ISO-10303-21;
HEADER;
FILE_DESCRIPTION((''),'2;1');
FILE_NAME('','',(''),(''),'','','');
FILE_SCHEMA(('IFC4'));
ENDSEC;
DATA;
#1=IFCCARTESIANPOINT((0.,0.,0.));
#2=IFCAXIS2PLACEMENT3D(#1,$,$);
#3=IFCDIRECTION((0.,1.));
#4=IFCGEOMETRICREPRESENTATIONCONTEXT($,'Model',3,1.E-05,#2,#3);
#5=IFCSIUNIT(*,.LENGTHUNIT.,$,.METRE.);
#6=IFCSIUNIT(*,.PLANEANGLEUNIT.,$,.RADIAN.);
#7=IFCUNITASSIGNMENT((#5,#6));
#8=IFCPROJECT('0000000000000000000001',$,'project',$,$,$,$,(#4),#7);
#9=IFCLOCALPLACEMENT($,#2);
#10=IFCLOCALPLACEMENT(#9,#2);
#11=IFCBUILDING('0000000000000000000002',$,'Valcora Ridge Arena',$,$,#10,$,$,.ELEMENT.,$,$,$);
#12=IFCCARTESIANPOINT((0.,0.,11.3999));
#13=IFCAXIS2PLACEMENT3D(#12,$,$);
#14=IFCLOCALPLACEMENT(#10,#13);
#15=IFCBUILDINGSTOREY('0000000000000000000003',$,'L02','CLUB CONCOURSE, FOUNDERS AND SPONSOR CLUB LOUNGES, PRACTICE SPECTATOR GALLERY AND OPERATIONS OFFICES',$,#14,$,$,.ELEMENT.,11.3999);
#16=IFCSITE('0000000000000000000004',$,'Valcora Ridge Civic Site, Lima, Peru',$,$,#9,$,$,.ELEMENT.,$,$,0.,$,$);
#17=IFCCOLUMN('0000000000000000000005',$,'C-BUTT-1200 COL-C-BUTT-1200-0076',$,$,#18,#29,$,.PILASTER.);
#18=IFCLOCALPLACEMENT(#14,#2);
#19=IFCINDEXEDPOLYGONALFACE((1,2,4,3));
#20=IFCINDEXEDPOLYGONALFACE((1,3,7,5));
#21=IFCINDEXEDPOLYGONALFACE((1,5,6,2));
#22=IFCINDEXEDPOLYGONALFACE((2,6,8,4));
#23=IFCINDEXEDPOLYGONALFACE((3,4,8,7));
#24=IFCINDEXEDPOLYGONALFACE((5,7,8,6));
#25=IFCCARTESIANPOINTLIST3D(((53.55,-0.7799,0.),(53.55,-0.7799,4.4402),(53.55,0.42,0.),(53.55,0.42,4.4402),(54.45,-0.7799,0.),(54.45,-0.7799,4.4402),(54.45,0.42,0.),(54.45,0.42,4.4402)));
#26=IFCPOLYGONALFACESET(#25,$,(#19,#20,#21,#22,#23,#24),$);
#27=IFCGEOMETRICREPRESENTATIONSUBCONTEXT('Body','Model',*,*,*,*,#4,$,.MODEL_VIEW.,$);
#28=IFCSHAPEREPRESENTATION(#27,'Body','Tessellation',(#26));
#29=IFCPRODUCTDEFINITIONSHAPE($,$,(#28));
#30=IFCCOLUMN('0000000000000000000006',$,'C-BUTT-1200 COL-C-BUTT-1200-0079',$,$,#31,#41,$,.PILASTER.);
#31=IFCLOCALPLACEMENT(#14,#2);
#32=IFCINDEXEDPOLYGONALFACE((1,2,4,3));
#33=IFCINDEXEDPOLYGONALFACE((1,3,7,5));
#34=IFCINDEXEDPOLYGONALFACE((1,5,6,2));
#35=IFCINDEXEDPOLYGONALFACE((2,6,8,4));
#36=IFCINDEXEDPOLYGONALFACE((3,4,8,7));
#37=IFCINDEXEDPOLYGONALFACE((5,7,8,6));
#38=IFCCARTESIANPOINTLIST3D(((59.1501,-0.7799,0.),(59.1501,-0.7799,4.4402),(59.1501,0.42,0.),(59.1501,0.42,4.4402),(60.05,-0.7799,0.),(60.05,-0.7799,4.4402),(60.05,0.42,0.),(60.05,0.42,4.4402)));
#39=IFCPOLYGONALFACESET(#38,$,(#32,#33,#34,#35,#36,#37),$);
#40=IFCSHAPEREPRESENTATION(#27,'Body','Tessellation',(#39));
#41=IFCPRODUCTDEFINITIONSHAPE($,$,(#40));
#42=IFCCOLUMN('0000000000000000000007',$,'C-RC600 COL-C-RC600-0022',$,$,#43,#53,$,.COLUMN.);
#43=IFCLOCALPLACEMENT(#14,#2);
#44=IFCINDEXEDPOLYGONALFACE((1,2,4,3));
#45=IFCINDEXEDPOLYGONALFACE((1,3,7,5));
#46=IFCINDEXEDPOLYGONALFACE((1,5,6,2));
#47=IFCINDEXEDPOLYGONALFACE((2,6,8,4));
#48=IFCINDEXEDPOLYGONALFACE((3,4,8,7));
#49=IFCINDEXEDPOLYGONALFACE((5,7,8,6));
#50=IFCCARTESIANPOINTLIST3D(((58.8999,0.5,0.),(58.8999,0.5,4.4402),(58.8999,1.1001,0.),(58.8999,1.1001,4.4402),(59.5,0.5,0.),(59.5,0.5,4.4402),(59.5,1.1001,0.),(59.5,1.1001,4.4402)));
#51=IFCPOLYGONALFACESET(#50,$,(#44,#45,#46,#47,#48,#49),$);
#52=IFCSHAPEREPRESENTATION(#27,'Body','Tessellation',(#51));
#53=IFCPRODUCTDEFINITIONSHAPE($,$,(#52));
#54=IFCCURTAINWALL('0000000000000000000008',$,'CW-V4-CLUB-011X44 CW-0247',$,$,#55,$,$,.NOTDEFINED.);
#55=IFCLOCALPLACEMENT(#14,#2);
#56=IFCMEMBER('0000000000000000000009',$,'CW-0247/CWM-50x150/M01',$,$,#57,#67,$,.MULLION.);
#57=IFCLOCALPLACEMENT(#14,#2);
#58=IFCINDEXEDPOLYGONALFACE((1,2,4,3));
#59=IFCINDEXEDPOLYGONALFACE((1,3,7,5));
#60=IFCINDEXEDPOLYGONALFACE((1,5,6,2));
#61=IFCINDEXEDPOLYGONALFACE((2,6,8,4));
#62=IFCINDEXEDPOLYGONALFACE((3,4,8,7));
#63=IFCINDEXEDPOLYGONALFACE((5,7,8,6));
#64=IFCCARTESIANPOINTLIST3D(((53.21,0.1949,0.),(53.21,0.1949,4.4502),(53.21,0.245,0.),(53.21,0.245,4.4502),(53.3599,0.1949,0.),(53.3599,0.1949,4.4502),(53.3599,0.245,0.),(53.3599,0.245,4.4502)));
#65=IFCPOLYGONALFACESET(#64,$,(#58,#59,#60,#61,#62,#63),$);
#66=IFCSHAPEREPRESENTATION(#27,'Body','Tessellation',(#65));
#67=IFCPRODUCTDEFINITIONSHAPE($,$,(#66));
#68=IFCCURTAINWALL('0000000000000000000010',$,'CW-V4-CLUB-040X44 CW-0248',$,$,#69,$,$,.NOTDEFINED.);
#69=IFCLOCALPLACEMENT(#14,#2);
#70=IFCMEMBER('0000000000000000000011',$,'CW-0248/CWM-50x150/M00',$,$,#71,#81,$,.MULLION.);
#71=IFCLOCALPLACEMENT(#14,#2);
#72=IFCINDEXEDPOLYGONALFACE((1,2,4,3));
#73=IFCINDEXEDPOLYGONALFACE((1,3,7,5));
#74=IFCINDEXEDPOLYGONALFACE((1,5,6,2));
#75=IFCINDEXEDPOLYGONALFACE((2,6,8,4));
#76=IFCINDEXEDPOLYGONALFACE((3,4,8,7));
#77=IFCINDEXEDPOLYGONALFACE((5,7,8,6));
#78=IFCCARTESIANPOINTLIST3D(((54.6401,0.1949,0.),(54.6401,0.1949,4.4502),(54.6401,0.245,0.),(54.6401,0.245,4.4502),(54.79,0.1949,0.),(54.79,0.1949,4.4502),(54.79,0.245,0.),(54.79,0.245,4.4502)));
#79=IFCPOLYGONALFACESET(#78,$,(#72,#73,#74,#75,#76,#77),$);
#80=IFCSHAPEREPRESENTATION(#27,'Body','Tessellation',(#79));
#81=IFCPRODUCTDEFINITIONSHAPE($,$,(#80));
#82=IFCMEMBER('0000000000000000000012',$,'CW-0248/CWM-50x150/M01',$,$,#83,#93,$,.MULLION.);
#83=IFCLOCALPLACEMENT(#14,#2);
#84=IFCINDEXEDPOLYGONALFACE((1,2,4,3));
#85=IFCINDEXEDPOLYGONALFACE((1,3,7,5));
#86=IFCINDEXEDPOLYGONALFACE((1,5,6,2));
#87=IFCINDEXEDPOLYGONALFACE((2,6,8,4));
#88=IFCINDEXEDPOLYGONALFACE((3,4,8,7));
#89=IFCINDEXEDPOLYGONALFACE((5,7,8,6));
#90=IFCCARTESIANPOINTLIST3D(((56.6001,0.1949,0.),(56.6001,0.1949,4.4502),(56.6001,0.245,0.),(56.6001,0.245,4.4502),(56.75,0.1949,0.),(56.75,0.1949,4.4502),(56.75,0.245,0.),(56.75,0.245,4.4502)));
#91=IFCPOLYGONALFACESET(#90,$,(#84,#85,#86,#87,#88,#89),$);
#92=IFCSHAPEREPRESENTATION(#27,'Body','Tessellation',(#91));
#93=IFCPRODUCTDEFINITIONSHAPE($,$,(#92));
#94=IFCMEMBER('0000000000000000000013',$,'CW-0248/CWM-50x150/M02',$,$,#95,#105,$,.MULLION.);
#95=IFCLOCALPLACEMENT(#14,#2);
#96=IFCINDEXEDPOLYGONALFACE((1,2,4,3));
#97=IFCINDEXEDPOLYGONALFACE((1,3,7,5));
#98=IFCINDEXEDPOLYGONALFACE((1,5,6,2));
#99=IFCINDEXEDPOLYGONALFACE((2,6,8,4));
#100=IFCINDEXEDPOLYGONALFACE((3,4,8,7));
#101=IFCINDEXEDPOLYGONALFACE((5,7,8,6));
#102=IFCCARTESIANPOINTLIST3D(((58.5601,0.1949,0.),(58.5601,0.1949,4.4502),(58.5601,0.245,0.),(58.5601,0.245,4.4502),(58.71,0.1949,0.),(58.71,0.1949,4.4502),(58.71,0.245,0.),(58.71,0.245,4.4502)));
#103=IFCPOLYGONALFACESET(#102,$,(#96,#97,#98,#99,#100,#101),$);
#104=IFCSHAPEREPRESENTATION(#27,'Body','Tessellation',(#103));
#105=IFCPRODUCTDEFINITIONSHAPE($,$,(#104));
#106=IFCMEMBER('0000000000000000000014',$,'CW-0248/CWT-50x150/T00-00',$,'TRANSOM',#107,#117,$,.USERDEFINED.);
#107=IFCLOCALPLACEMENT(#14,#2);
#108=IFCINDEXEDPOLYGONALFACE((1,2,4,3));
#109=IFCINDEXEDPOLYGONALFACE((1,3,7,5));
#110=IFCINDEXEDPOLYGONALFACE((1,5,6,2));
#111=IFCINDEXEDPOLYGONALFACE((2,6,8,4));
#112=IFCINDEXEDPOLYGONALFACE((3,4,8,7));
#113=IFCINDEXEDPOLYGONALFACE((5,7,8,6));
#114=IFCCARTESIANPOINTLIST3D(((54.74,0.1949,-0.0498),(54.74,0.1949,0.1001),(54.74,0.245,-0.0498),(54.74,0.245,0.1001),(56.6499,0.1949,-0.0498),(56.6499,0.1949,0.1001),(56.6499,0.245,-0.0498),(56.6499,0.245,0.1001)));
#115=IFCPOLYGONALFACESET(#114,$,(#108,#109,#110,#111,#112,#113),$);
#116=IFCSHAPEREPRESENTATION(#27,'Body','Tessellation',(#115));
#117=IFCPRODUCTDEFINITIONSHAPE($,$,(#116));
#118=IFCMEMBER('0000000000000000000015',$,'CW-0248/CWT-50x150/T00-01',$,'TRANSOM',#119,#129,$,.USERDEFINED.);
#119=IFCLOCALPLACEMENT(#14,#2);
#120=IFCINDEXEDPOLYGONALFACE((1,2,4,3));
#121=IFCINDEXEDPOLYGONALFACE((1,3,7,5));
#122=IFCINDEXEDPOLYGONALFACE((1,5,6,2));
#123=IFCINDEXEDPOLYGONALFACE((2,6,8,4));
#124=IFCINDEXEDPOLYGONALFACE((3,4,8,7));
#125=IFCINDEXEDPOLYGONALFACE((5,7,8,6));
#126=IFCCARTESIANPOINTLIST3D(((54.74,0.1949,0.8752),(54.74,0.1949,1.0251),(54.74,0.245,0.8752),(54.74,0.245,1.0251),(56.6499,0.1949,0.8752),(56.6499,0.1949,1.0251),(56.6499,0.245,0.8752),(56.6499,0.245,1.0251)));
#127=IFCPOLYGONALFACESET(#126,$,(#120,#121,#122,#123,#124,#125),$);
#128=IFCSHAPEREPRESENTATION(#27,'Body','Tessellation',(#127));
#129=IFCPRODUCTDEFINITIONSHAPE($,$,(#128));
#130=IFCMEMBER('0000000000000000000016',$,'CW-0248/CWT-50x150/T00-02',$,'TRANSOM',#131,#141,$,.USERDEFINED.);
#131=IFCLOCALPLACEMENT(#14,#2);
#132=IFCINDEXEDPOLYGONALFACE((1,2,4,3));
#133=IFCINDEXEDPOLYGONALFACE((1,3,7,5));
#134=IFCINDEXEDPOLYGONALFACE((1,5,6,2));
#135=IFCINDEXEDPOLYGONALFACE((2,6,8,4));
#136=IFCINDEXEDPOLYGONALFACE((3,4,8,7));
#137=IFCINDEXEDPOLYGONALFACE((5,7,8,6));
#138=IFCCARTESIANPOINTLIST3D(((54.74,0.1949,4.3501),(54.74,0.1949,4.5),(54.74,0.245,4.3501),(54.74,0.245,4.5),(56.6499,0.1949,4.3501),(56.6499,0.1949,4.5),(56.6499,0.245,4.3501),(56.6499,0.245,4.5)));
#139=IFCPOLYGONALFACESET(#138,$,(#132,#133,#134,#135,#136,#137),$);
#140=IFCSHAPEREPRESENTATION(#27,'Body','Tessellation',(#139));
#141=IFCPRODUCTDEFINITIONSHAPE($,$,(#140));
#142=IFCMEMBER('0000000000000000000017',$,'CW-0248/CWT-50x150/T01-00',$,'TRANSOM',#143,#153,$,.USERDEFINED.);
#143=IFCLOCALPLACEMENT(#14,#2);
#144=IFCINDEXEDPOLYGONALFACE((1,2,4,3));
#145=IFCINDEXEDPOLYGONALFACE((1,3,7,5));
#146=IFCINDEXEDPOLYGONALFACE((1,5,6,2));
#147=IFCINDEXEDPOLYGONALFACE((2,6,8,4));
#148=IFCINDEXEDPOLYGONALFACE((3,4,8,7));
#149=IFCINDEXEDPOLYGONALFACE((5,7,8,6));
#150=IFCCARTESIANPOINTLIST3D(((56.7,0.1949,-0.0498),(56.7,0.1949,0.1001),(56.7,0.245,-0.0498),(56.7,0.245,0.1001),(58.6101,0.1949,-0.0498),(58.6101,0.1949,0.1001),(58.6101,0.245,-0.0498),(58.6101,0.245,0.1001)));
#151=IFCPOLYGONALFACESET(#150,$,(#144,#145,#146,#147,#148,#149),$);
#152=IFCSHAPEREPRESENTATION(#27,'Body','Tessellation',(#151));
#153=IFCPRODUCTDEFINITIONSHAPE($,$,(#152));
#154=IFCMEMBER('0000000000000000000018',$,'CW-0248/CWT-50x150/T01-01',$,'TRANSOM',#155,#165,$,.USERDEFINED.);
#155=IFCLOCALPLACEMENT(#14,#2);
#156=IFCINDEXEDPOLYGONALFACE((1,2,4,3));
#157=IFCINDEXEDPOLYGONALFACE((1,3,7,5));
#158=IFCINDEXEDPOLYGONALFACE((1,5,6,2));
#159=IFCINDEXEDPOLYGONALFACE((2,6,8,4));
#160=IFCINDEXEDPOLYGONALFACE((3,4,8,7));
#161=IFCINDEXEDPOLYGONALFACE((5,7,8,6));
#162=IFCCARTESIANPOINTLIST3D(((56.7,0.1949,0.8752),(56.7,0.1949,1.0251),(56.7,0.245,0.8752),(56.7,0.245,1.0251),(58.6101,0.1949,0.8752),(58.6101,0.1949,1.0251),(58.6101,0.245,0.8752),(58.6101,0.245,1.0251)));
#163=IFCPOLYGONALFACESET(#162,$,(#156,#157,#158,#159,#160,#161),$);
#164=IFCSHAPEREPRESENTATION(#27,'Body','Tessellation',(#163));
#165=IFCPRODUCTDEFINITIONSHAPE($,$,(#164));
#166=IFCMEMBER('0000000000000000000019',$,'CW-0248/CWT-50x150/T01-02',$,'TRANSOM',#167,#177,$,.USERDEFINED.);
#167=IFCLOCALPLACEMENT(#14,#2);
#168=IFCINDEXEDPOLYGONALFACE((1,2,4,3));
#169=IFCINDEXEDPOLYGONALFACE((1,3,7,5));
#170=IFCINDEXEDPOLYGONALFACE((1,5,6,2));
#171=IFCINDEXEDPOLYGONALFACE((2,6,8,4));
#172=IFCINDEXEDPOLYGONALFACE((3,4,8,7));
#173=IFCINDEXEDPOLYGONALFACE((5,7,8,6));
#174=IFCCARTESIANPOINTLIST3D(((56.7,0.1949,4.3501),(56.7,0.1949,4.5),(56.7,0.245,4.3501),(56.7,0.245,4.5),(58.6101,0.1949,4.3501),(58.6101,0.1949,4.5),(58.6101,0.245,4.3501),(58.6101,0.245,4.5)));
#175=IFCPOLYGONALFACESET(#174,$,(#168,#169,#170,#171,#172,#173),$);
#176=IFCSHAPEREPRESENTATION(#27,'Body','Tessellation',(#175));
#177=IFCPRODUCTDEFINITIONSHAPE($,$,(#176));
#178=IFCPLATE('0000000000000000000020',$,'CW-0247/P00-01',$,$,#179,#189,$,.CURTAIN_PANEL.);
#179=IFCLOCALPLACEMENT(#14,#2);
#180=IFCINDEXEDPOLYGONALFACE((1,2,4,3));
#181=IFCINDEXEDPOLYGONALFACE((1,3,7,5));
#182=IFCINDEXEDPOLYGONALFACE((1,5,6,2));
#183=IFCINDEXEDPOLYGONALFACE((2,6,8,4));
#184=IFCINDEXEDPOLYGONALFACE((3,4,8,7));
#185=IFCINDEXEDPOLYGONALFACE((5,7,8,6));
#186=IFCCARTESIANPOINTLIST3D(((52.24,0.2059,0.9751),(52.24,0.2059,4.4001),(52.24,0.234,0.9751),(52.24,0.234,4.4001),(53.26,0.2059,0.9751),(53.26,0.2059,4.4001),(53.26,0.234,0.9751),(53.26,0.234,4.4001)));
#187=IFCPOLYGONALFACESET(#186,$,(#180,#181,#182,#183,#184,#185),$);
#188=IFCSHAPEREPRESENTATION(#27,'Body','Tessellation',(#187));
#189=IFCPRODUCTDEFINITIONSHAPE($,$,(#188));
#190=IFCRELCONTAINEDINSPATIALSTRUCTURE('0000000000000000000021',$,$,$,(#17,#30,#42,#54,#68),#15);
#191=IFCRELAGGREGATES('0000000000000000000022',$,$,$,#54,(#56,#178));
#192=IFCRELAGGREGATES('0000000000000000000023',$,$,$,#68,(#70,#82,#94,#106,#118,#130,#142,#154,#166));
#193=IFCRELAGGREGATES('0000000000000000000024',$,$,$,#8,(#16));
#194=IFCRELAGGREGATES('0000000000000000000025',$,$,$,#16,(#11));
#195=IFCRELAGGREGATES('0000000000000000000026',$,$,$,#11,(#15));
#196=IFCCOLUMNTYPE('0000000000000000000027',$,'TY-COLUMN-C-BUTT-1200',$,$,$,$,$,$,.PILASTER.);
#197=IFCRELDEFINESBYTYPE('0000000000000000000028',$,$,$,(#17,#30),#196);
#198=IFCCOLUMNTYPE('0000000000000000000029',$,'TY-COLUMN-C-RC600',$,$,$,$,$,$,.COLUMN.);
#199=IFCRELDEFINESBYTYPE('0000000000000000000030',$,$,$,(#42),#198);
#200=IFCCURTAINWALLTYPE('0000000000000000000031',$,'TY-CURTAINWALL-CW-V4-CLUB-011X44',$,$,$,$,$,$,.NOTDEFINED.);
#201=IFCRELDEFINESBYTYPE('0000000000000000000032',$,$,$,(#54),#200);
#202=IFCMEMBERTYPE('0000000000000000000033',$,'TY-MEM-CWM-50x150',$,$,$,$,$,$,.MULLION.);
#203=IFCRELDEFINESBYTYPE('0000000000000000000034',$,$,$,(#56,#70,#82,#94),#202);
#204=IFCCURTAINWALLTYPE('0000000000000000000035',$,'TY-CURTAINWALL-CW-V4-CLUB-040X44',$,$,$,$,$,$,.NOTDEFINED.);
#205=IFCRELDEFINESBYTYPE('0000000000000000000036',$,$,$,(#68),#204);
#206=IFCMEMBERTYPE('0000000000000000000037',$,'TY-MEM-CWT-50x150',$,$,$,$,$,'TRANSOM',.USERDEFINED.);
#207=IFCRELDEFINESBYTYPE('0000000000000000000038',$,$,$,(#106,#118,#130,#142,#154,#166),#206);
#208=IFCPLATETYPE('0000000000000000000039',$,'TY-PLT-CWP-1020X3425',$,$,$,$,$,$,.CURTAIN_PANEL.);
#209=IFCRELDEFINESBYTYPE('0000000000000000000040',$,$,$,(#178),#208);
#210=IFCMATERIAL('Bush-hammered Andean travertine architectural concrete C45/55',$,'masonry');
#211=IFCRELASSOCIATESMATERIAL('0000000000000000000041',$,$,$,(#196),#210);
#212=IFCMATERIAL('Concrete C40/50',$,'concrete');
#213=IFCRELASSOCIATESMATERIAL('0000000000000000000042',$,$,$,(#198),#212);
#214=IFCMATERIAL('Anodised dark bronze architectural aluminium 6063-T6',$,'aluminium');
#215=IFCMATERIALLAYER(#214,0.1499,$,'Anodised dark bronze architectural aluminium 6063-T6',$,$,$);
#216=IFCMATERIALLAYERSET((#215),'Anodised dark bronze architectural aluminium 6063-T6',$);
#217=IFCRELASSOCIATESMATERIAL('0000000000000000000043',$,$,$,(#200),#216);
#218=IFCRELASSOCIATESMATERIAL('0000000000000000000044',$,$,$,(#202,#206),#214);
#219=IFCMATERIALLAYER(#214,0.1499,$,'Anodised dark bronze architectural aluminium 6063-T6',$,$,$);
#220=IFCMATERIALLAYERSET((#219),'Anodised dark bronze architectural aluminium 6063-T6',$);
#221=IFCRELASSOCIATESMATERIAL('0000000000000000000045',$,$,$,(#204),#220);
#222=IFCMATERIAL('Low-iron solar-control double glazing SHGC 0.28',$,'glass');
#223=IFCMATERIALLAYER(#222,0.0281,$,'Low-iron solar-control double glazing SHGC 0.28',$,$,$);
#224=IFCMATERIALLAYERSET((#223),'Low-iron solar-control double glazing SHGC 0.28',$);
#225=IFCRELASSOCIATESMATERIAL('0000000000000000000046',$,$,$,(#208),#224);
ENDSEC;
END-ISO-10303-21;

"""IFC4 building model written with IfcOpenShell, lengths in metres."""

from ifc_helpers import new_model, si_unit, direction, frame, origin, origin_2d, place, context, subcontext, project, spatial, rectangle, extrude, material, layer, layer_set, material_profile, profile_set, type_object, element, aggregate, save


model = new_model("IFC4")

# Units and contexts
model_context = context("Model", 3, precision=1e-05, world=origin(), true_north=direction((0.0, 1.0)))
body_context = subcontext(model_context, "Body", "Model", "MODEL_VIEW")
ifc_project = project(units=[si_unit("LENGTHUNIT", "METRE"), si_unit("PLANEANGLEUNIT", "RADIAN")], contexts=[model_context])

# Site, building, storey
site_placement = place(None, origin())
site = spatial("IfcSite", under=ifc_project, at=site_placement, Name="Valcora Ridge Civic Site, Lima, Peru", CompositionType="ELEMENT", RefElevation=0.0)
building_placement = place(site_placement, origin())
building = spatial("IfcBuilding", under=site, at=building_placement, Name="Valcora Ridge Arena", CompositionType="ELEMENT")
storey_placement = place(building_placement, frame((0.0, 0.0, 11.3999)))
storey = spatial("IfcBuildingStorey", under=building, at=storey_placement, Name="L02", Description="CLUB CONCOURSE, FOUNDERS AND SPONSOR CLUB LOUNGES, PRACTICE SPECTATOR GALLERY AND OPERATIONS OFFICES", CompositionType="ELEMENT", Elevation=11.3999)

# Columns
ifc_material_1 = material(Name="Bush-hammered Andean travertine architectural concrete C45/55", Category="masonry")
ifc_material_profile_1 = material_profile(ifc_material_1, rectangle(XDim=0.8999, YDim=1.2, at=origin_2d()), Name="RC 900x1200")
ifc_profile_set_1 = profile_set([ifc_material_profile_1], Name="Bush-hammered Andean travertine architectural concrete C45/55")
column_type_1 = type_object("IfcColumnType", Name="TY-COLUMN-C-BUTT-1200", PredefinedType="PILASTER", material=ifc_profile_set_1)
for number, where, z_axis, x_axis, name in (
    (1, (54.0, -0.1799, 0.0), (0.0, 0.0, 1.0), (1.0, 0.0, 0.0), "C-BUTT-1200 COL-C-BUTT-1200-0076"),
    (2, (59.6001, -0.1799, 0.0), (0.0, 0.0, 1.0), (1.0, 0.0, 0.0), "C-BUTT-1200 COL-C-BUTT-1200-0079"),
):
    element("IfcColumn", number, at=place(storey_placement, frame(where, z_axis=z_axis, x_axis=x_axis)), inside=storey, type_object=column_type_1, Name=name, PredefinedType="PILASTER", context=body_context, shape_type="SweptSolid", body=[
        extrude(rectangle(XDim=0.8999, YDim=1.2, at=origin_2d()), origin(), (0.0, 0.0, 1.0), 4.4402),
    ])
ifc_material_2 = material(Name="Concrete C40/50", Category="concrete")
ifc_material_profile_2 = material_profile(ifc_material_2, rectangle(XDim=0.6001, YDim=0.6001, at=origin_2d()), Name="RC 600x600")
ifc_profile_set_2 = profile_set([ifc_material_profile_2], Name="Concrete C40/50")
column_type_2 = type_object("IfcColumnType", Name="TY-COLUMN-C-RC600", PredefinedType="COLUMN", material=ifc_profile_set_2)
column_placement = place(storey_placement, frame((59.2, 0.8, 0.0), z_axis=(0.0, 0.0, 1.0), x_axis=(1.0, 0.0, 0.0)))
element("IfcColumn", 3, at=column_placement, inside=storey, type_object=column_type_2, Name="C-RC600 COL-C-RC600-0022", PredefinedType="COLUMN", context=body_context, shape_type="SweptSolid", body=[
    extrude(rectangle(XDim=0.6001, YDim=0.6001, at=origin_2d()), origin(), (0.0, 0.0, 1.0), 4.4402),
])

# Curtain wall, member
ifc_material_3 = material(Name="Anodised dark bronze architectural aluminium 6063-T6", Category="aluminium")
ifc_layer_1 = layer(ifc_material_3, 0.1499, Name="Anodised dark bronze architectural aluminium 6063-T6")
ifc_layer_set_1 = layer_set([ifc_layer_1], Name="Anodised dark bronze architectural aluminium 6063-T6")
curtain_wall_type_1 = type_object("IfcCurtainWallType", Name="TY-CURTAINWALL-CW-V4-CLUB-011X44", PredefinedType="NOTDEFINED", material=ifc_layer_set_1)
curtain_wall_1_placement = place(storey_placement, origin())
curtain_wall_1 = element("IfcCurtainWall", 4, at=curtain_wall_1_placement, inside=storey, type_object=curtain_wall_type_1, Name="CW-V4-CLUB-011X44 CW-0247", PredefinedType="NOTDEFINED")
ifc_material_profile_3 = material_profile(ifc_material_3, rectangle(XDim=0.05, YDim=0.1499, at=origin_2d()), Name="ALU MULLION 50x150")
ifc_profile_set_3 = profile_set([ifc_material_profile_3], Name="Anodised dark bronze architectural aluminium 6063-T6")
member_type_1 = type_object("IfcMemberType", Name="TY-MEM-CWM-50x150", PredefinedType="MULLION", material=ifc_profile_set_3)
member_1_placement = place(storey_placement, frame((53.2849, 0.22, 0.0), z_axis=(0.0, 0.0, 1.0), x_axis=(0.0, 1.0, 0.0)))
member_1 = element("IfcMember", 5, at=member_1_placement, type_object=member_type_1, Name="CW-0247/CWM-50x150/M01", PredefinedType="MULLION", context=body_context, shape_type="SweptSolid", body=[
    extrude(rectangle(XDim=0.05, YDim=0.1499, at=origin_2d()), origin(), (0.0, 0.0, 1.0), 4.4502),
])

# Curtain wall, members
ifc_layer_2 = layer(ifc_material_3, 0.1499, Name="Anodised dark bronze architectural aluminium 6063-T6")
ifc_layer_set_2 = layer_set([ifc_layer_2], Name="Anodised dark bronze architectural aluminium 6063-T6")
curtain_wall_type_2 = type_object("IfcCurtainWallType", Name="TY-CURTAINWALL-CW-V4-CLUB-040X44", PredefinedType="NOTDEFINED", material=ifc_layer_set_2)
curtain_wall_2_placement = place(storey_placement, origin())
curtain_wall_2 = element("IfcCurtainWall", 6, at=curtain_wall_2_placement, inside=storey, type_object=curtain_wall_type_2, Name="CW-V4-CLUB-040X44 CW-0248", PredefinedType="NOTDEFINED")
member_2_placement = place(storey_placement, frame((54.7151, 0.22, 0.0), z_axis=(0.0, 0.0, 1.0), x_axis=(0.0, 1.0, 0.0)))
member_2 = element("IfcMember", 7, at=member_2_placement, type_object=member_type_1, Name="CW-0248/CWM-50x150/M00", PredefinedType="MULLION", context=body_context, shape_type="SweptSolid", body=[
    extrude(rectangle(XDim=0.05, YDim=0.1499, at=origin_2d()), origin(), (0.0, 0.0, 1.0), 4.4502),
])
member_3_placement = place(storey_placement, frame((56.675, 0.22, 0.0), z_axis=(0.0, 0.0, 1.0), x_axis=(0.0, 1.0, 0.0)))
member_3 = element("IfcMember", 8, at=member_3_placement, type_object=member_type_1, Name="CW-0248/CWM-50x150/M01", PredefinedType="MULLION", context=body_context, shape_type="SweptSolid", body=[
    extrude(rectangle(XDim=0.05, YDim=0.1499, at=origin_2d()), origin(), (0.0, 0.0, 1.0), 4.4502),
])
member_4_placement = place(storey_placement, frame((58.635, 0.22, 0.0), z_axis=(0.0, 0.0, 1.0), x_axis=(0.0, 1.0, 0.0)))
member_4 = element("IfcMember", 9, at=member_4_placement, type_object=member_type_1, Name="CW-0248/CWM-50x150/M02", PredefinedType="MULLION", context=body_context, shape_type="SweptSolid", body=[
    extrude(rectangle(XDim=0.05, YDim=0.1499, at=origin_2d()), origin(), (0.0, 0.0, 1.0), 4.4502),
])
ifc_material_profile_4 = material_profile(ifc_material_3, rectangle(XDim=0.05, YDim=0.1499, at=origin_2d()), Name="ALU TRANSOM 50x150")
ifc_profile_set_4 = profile_set([ifc_material_profile_4], Name="Anodised dark bronze architectural aluminium 6063-T6")
member_type_2 = type_object("IfcMemberType", Name="TY-MEM-CWT-50x150", ElementType="TRANSOM", PredefinedType="USERDEFINED", material=ifc_profile_set_4)
member_5_placement = place(storey_placement, frame((54.74, 0.22, 0.0251), z_axis=(1.0, 0.0, 0.0), x_axis=(0.0, 1.0, 0.0)))
member_5 = element("IfcMember", 10, at=member_5_placement, type_object=member_type_2, Name="CW-0248/CWT-50x150/T00-00", ObjectType="TRANSOM", PredefinedType="USERDEFINED", context=body_context, shape_type="SweptSolid", body=[
    extrude(rectangle(XDim=0.05, YDim=0.1499, at=origin_2d()), origin(), (0.0, 0.0, 1.0), 1.9099),
])
member_6_placement = place(storey_placement, frame((54.74, 0.22, 0.9502), z_axis=(1.0, 0.0, 0.0), x_axis=(0.0, 1.0, 0.0)))
member_6 = element("IfcMember", 11, at=member_6_placement, type_object=member_type_2, Name="CW-0248/CWT-50x150/T00-01", ObjectType="TRANSOM", PredefinedType="USERDEFINED", context=body_context, shape_type="SweptSolid", body=[
    extrude(rectangle(XDim=0.05, YDim=0.1499, at=origin_2d()), origin(), (0.0, 0.0, 1.0), 1.9099),
])
member_7_placement = place(storey_placement, frame((54.74, 0.22, 4.425), z_axis=(1.0, 0.0, 0.0), x_axis=(0.0, 1.0, 0.0)))
member_7 = element("IfcMember", 12, at=member_7_placement, type_object=member_type_2, Name="CW-0248/CWT-50x150/T00-02", ObjectType="TRANSOM", PredefinedType="USERDEFINED", context=body_context, shape_type="SweptSolid", body=[
    extrude(rectangle(XDim=0.05, YDim=0.1499, at=origin_2d()), origin(), (0.0, 0.0, 1.0), 1.9099),
])
member_8_placement = place(storey_placement, frame((56.7, 0.22, 0.0251), z_axis=(1.0, 0.0, 0.0), x_axis=(0.0, 1.0, 0.0)))
member_8 = element("IfcMember", 13, at=member_8_placement, type_object=member_type_2, Name="CW-0248/CWT-50x150/T01-00", ObjectType="TRANSOM", PredefinedType="USERDEFINED", context=body_context, shape_type="SweptSolid", body=[
    extrude(rectangle(XDim=0.05, YDim=0.1499, at=origin_2d()), origin(), (0.0, 0.0, 1.0), 1.9102),
])
member_9_placement = place(storey_placement, frame((56.7, 0.22, 0.9502), z_axis=(1.0, 0.0, 0.0), x_axis=(0.0, 1.0, 0.0)))
member_9 = element("IfcMember", 14, at=member_9_placement, type_object=member_type_2, Name="CW-0248/CWT-50x150/T01-01", ObjectType="TRANSOM", PredefinedType="USERDEFINED", context=body_context, shape_type="SweptSolid", body=[
    extrude(rectangle(XDim=0.05, YDim=0.1499, at=origin_2d()), origin(), (0.0, 0.0, 1.0), 1.9102),
])
member_10_placement = place(storey_placement, frame((56.7, 0.22, 4.425), z_axis=(1.0, 0.0, 0.0), x_axis=(0.0, 1.0, 0.0)))
member_10 = element("IfcMember", 15, at=member_10_placement, type_object=member_type_2, Name="CW-0248/CWT-50x150/T01-02", ObjectType="TRANSOM", PredefinedType="USERDEFINED", context=body_context, shape_type="SweptSolid", body=[
    extrude(rectangle(XDim=0.05, YDim=0.1499, at=origin_2d()), origin(), (0.0, 0.0, 1.0), 1.9102),
])

# Plate
ifc_material_4 = material(Name="Low-iron solar-control double glazing SHGC 0.28", Category="glass")
ifc_layer_3 = layer(ifc_material_4, 0.0281, Name="Low-iron solar-control double glazing SHGC 0.28")
ifc_layer_set_3 = layer_set([ifc_layer_3], Name="Low-iron solar-control double glazing SHGC 0.28")
plate_type_1 = type_object("IfcPlateType", Name="TY-PLT-CWP-1020X3425", PredefinedType="CURTAIN_PANEL", material=ifc_layer_set_3)
plate_1_placement = place(storey_placement, frame((52.75, 0.22, 0.9751), z_axis=(0.0, 0.0, 1.0), x_axis=(1.0, 0.0, 0.0)))
plate_1 = element("IfcPlate", 16, at=plate_1_placement, type_object=plate_type_1, Name="CW-0247/P00-01", PredefinedType="CURTAIN_PANEL", context=body_context, shape_type="SweptSolid", body=[
    extrude(rectangle(XDim=1.02, YDim=0.0281, at=origin_2d()), origin(), (0.0, 0.0, 1.0), 3.425),
])
aggregate(curtain_wall_1, [member_1, plate_1])
aggregate(curtain_wall_2, [member_2, member_3, member_4, member_5, member_6, member_7, member_8, member_9, member_10])

save(model, "model.ifc")
